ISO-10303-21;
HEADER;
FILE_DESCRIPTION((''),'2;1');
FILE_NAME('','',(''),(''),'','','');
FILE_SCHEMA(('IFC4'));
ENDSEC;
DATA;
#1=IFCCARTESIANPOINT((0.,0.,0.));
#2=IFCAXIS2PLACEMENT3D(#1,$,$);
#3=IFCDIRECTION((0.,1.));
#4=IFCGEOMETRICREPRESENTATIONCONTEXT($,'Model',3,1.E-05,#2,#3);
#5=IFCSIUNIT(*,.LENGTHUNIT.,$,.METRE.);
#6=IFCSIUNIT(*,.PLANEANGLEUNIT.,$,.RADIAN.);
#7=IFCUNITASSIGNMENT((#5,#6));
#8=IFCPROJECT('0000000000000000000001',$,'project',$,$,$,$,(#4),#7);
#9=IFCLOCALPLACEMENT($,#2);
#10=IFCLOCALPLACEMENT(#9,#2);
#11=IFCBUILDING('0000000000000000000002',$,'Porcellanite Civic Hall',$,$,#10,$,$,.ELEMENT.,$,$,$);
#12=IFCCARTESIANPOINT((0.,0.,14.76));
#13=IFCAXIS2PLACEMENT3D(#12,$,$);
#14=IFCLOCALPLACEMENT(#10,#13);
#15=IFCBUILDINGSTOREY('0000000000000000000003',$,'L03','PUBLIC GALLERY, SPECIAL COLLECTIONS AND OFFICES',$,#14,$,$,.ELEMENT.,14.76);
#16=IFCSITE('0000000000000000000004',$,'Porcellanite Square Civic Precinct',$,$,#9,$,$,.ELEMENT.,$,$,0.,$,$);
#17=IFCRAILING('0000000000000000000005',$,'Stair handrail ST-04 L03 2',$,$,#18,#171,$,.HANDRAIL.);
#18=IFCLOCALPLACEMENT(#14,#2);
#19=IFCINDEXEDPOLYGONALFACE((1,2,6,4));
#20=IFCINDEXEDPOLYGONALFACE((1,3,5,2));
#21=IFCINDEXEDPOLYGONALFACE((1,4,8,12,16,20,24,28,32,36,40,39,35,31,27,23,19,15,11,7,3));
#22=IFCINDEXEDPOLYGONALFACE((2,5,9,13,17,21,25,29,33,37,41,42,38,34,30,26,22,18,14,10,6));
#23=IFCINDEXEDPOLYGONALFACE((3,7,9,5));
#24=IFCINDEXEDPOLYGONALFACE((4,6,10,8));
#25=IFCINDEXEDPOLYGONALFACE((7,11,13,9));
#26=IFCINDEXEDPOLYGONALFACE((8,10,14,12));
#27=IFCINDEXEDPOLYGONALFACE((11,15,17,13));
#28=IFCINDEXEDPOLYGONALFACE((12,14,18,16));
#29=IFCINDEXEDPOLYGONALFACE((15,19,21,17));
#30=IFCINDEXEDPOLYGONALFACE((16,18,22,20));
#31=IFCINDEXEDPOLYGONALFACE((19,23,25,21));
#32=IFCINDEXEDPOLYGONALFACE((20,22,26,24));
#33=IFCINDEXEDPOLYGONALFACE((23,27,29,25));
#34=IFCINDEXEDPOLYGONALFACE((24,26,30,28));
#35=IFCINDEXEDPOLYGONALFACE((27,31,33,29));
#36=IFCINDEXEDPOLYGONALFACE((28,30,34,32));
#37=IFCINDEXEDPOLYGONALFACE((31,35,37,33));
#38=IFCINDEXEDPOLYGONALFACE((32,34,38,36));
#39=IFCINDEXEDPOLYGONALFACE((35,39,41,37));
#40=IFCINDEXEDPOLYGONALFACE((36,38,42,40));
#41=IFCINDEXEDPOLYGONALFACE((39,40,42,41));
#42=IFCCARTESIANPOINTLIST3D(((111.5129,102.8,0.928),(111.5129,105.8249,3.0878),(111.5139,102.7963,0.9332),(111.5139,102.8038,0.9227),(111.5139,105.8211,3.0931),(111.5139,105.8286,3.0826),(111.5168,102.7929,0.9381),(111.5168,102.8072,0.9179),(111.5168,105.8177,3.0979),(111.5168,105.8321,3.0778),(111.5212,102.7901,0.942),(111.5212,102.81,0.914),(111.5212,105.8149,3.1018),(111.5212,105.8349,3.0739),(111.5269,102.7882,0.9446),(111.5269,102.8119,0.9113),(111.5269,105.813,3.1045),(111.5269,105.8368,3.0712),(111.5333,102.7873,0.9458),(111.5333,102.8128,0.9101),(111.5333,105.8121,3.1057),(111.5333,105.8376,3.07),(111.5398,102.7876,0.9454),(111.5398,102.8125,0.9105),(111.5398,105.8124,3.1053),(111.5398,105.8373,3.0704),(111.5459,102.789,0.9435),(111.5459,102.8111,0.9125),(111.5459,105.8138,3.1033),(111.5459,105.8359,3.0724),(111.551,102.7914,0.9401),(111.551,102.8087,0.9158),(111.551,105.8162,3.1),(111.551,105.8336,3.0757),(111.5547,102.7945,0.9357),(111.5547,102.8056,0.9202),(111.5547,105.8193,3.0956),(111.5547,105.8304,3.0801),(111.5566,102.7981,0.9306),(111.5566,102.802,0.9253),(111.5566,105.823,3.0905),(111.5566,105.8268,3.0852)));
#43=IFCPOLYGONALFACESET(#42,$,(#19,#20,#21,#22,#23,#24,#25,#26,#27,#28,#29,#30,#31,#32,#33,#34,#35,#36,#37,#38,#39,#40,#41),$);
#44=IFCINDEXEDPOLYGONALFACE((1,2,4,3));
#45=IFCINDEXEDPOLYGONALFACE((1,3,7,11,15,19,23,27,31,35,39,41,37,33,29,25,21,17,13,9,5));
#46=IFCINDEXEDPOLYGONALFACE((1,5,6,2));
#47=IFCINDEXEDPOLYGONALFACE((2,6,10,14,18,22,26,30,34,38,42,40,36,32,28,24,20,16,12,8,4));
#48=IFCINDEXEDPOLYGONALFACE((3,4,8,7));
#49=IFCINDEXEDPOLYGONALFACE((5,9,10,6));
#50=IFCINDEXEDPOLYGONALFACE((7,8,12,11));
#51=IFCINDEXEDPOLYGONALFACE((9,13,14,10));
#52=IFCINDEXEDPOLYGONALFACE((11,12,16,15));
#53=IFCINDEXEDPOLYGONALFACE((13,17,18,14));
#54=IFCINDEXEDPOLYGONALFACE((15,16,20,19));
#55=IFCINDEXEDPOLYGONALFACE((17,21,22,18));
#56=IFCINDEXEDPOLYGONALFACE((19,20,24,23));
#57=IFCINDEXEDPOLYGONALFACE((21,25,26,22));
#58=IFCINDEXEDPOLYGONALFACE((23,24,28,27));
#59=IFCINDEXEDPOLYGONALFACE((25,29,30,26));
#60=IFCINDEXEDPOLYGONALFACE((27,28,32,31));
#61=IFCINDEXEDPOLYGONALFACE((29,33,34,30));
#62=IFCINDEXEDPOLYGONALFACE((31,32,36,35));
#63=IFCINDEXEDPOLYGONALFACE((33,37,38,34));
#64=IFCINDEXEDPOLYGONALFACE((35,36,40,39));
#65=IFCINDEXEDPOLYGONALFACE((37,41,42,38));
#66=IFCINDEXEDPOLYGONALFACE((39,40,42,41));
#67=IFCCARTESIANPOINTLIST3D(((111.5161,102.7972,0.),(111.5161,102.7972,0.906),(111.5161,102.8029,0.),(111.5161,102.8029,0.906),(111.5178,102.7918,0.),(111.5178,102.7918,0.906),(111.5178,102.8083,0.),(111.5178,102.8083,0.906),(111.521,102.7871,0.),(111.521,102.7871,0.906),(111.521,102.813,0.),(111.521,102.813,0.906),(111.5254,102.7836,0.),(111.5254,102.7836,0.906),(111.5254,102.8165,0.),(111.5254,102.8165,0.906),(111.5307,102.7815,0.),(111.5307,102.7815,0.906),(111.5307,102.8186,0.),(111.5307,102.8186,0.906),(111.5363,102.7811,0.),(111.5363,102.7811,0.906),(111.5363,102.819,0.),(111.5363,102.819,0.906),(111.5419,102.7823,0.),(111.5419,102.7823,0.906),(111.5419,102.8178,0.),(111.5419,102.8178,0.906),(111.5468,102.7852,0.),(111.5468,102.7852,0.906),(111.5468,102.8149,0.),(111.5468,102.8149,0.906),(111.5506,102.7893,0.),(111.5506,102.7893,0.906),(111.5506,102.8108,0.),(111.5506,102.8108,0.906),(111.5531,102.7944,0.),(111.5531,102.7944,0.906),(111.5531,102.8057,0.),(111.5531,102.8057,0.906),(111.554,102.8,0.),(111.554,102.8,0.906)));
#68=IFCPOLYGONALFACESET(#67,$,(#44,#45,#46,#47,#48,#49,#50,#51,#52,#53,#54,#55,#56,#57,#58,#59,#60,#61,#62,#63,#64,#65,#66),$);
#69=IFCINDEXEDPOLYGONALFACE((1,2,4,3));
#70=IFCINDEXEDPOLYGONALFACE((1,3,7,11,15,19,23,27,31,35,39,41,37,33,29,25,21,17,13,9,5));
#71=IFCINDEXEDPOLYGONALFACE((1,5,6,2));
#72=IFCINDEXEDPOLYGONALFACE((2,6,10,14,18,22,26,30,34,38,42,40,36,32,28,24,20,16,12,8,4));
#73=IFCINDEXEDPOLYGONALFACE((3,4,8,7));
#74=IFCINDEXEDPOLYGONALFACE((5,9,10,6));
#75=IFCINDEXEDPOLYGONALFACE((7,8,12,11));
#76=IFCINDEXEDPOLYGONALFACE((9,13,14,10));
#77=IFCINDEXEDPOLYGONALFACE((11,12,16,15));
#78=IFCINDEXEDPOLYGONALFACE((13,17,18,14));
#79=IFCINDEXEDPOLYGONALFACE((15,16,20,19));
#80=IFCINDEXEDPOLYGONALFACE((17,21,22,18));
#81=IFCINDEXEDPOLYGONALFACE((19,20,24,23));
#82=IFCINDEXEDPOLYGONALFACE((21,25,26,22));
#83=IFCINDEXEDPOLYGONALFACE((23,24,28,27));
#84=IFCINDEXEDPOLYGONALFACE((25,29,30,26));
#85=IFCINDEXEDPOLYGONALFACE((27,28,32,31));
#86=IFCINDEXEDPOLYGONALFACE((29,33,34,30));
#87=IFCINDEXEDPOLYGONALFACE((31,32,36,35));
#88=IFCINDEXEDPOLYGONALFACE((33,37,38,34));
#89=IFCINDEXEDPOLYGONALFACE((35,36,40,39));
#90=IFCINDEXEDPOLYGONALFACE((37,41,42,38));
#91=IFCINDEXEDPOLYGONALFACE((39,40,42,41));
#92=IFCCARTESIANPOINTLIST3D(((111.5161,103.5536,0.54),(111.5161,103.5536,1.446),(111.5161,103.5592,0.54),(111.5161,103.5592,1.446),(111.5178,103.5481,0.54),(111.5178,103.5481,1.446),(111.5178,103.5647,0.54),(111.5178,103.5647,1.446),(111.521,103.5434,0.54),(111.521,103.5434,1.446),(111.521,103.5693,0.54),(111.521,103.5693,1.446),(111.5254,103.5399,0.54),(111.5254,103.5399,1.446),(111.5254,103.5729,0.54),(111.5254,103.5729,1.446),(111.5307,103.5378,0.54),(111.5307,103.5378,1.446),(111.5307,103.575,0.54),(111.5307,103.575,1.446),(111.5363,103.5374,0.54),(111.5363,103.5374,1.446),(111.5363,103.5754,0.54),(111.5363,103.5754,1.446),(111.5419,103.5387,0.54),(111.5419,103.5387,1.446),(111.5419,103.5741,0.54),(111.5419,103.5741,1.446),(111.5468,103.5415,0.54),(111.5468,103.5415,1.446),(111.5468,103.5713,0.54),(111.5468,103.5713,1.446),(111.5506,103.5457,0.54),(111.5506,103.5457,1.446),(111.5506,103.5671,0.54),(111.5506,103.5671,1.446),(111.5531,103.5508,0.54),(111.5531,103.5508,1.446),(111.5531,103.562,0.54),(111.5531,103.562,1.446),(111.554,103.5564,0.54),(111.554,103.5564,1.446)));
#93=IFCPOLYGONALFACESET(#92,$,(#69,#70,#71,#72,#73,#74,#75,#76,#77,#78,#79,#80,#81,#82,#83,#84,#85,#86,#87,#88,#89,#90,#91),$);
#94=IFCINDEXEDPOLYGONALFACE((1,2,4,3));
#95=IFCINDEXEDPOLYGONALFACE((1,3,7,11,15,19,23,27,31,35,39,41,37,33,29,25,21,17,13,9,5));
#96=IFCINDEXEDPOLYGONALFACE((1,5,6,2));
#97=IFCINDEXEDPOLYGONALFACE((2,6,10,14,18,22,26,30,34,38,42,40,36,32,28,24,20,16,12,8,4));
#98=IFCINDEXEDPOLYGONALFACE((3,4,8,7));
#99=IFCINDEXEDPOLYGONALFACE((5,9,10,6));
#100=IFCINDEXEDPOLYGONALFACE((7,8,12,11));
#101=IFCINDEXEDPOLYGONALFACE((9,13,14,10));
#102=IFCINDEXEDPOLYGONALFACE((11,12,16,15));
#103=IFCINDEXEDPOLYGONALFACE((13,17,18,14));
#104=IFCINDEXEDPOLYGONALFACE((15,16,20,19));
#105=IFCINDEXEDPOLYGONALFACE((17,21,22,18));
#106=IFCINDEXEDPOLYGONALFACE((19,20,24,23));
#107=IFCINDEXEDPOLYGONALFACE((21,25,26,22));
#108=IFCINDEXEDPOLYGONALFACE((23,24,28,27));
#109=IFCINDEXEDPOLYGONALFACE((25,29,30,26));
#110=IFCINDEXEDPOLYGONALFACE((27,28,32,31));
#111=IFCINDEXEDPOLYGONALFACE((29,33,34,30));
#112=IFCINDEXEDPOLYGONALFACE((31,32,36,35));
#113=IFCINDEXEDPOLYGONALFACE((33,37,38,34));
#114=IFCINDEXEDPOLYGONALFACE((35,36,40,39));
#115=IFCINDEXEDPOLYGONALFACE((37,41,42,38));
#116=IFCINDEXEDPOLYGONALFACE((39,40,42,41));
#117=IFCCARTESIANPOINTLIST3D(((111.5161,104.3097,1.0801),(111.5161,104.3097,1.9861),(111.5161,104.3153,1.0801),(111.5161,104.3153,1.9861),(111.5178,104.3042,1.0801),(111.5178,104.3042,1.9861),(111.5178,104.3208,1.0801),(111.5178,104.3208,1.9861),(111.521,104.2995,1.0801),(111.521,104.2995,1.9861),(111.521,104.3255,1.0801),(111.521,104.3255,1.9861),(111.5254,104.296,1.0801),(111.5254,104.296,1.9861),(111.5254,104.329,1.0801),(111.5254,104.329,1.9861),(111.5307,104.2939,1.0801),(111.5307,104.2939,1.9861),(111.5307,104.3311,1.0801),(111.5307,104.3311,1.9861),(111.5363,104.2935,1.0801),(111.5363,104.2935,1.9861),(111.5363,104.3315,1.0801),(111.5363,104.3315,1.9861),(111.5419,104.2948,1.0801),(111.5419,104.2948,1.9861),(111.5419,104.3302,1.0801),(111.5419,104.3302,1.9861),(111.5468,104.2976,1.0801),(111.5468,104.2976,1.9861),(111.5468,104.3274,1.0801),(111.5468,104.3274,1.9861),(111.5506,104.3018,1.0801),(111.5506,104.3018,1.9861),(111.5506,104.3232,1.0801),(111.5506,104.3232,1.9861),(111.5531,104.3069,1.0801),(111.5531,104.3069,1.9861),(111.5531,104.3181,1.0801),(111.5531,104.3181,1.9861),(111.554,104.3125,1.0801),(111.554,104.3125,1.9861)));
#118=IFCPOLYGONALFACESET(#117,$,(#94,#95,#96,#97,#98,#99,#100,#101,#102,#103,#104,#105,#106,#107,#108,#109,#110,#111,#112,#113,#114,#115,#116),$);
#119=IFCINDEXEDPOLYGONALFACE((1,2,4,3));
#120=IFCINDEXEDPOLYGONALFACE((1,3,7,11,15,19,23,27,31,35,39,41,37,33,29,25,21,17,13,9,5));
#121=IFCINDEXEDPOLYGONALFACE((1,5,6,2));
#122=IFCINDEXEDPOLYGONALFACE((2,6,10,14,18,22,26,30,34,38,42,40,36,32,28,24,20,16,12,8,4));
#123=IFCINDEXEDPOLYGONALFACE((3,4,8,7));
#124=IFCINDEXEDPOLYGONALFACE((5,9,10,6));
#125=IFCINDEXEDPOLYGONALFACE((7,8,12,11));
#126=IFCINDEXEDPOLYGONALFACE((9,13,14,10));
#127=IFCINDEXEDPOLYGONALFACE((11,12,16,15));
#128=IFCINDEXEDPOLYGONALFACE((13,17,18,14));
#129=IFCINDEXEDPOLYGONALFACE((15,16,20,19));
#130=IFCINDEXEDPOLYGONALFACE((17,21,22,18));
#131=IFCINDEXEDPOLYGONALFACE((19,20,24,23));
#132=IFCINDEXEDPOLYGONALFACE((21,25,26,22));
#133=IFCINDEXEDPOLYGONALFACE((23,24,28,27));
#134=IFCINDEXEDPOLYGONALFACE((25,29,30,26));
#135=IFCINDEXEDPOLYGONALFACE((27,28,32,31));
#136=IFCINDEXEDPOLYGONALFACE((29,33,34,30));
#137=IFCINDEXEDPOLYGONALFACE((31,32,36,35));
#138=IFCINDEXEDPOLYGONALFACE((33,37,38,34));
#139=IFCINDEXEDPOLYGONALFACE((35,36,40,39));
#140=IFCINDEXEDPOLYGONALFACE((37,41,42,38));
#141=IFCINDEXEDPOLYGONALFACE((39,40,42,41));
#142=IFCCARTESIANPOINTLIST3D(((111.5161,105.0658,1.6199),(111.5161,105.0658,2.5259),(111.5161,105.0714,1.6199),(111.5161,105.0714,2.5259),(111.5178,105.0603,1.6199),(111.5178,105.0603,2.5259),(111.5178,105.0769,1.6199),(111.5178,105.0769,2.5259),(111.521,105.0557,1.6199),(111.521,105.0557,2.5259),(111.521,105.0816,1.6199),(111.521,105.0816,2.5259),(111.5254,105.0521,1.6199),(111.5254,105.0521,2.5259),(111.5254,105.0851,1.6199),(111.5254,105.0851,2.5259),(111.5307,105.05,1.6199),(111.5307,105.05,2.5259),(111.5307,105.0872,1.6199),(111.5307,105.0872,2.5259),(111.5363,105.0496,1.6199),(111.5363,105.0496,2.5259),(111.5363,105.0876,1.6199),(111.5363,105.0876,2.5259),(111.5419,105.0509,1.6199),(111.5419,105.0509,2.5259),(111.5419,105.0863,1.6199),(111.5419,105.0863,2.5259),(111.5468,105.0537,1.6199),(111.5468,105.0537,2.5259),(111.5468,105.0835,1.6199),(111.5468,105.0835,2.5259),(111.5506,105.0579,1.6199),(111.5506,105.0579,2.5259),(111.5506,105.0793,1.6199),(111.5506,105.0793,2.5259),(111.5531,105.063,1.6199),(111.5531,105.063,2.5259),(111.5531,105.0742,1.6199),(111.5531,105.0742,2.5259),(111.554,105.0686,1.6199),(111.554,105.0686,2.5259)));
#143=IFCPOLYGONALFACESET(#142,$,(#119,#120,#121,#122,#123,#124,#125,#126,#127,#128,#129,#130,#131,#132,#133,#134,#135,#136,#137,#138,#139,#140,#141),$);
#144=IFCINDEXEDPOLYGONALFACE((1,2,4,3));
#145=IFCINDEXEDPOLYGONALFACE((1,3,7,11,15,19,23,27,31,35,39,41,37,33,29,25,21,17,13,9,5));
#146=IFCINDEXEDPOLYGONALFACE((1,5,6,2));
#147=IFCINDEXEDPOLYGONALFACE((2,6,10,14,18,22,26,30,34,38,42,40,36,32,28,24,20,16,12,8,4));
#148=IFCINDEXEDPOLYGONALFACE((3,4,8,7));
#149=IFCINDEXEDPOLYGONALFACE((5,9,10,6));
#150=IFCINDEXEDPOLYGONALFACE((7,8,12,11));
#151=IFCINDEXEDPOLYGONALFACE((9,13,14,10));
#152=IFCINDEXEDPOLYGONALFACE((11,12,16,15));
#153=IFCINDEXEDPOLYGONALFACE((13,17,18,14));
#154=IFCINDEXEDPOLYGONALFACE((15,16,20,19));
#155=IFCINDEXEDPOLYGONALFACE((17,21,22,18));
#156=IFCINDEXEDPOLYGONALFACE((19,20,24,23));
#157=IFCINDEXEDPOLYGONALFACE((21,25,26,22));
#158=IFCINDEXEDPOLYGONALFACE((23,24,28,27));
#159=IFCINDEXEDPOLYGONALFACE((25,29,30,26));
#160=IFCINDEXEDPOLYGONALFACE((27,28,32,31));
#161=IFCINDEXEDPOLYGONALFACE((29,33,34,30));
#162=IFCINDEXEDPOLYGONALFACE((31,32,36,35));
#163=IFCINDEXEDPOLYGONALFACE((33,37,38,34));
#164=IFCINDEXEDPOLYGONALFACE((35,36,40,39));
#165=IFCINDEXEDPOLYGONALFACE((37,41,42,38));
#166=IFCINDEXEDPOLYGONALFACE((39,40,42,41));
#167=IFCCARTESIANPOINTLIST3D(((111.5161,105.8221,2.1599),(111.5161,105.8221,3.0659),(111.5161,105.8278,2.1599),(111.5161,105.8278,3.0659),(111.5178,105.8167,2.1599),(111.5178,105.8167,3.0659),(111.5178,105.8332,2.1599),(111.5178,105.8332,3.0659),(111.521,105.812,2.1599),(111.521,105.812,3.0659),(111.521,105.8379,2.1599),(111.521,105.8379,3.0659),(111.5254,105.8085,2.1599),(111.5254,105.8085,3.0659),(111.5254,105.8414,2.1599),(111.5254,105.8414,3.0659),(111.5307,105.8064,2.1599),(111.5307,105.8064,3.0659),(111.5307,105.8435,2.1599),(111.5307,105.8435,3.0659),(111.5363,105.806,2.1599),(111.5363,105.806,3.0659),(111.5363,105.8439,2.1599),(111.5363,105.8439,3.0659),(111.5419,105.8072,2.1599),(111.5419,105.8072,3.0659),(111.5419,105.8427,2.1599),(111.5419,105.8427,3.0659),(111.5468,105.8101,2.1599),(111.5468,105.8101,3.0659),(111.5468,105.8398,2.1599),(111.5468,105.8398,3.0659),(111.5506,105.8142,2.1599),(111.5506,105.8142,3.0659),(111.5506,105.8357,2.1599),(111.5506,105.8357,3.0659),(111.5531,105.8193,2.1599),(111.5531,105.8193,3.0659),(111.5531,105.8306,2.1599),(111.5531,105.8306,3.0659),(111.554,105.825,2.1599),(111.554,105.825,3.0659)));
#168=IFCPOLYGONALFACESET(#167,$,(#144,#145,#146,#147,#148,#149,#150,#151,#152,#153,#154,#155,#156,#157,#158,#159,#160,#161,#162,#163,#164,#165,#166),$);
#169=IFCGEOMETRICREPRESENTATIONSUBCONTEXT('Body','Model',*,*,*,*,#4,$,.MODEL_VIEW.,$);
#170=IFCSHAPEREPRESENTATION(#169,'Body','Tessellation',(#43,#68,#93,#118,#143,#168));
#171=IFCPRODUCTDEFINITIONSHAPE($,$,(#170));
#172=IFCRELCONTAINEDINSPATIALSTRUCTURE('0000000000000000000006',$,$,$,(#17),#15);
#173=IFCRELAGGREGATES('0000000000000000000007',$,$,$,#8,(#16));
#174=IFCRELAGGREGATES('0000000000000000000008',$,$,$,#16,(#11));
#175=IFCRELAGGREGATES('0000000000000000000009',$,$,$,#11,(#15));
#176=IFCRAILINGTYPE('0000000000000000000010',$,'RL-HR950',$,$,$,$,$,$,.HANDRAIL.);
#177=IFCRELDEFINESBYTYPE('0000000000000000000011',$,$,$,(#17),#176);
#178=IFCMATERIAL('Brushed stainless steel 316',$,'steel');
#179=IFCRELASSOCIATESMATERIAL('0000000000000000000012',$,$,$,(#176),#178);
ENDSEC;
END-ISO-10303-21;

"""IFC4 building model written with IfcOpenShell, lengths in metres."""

from ifc_helpers import new_model, si_unit, direction, frame, origin, origin_2d, place, context, subcontext, project, spatial, circle, extrude, material, type_object, element, save


model = new_model("IFC4")

# Units and contexts
model_context = context("Model", 3, precision=1e-05, world=origin(), true_north=direction((0.0, 1.0)))
body_context = subcontext(model_context, "Body", "Model", "MODEL_VIEW")
ifc_project = project(units=[si_unit("LENGTHUNIT", "METRE"), si_unit("PLANEANGLEUNIT", "RADIAN")], contexts=[model_context])

# Site, building, storey
site_placement = place(None, origin())
site = spatial("IfcSite", under=ifc_project, at=site_placement, Name="Porcellanite Square Civic Precinct", CompositionType="ELEMENT", RefElevation=0.0)
building_placement = place(site_placement, origin())
building = spatial("IfcBuilding", under=site, at=building_placement, Name="Porcellanite Civic Hall", CompositionType="ELEMENT")
storey_placement = place(building_placement, frame((0.0, 0.0, 14.76)))
storey = spatial("IfcBuildingStorey", under=building, at=storey_placement, Name="L03", Description="PUBLIC GALLERY, SPECIAL COLLECTIONS AND OFFICES", CompositionType="ELEMENT", Elevation=14.76)

# Railing
ifc_material_1 = material(Name="Brushed stainless steel 316", Category="steel")
railing_type_1 = type_object("IfcRailingType", Name="RL-HR950", PredefinedType="HANDRAIL", material=ifc_material_1)
railing_1_placement = place(storey_placement, frame((111.5349, 102.8, 0.0)))
element("IfcRailing", 1, at=railing_1_placement, inside=storey, type_object=railing_type_1, Name="Stair handrail ST-04 L03 2", PredefinedType="HANDRAIL", context=body_context, shape_type="SweptSolid", body=[
    extrude(circle(Radius=0.022, at=origin_2d()), frame((0.0, 0.0, 0.928), z_axis=(0.0, 0.813827, 0.581108), x_axis=(-1.0, 0.0, 0.0)), (0.0, 0.0, 1.0), 3.7168),
    extrude(circle(Radius=0.019, at=origin_2d()), origin(), (0.0, 0.0, 1.0), 0.906),
    extrude(circle(Radius=0.019, at=origin_2d()), frame((0.0, 0.7563, 0.54)), (0.0, 0.0, 1.0), 0.906),
    extrude(circle(Radius=0.019, at=origin_2d()), frame((0.0, 1.5125, 1.0801)), (0.0, 0.0, 1.0), 0.906),
    extrude(circle(Radius=0.019, at=origin_2d()), frame((0.0, 2.2686, 1.6199)), (0.0, 0.0, 1.0), 0.906),
    extrude(circle(Radius=0.019, at=origin_2d()), frame((0.0, 3.0249, 2.1599)), (0.0, 0.0, 1.0), 0.906),
])

save(model, "model.ifc")
